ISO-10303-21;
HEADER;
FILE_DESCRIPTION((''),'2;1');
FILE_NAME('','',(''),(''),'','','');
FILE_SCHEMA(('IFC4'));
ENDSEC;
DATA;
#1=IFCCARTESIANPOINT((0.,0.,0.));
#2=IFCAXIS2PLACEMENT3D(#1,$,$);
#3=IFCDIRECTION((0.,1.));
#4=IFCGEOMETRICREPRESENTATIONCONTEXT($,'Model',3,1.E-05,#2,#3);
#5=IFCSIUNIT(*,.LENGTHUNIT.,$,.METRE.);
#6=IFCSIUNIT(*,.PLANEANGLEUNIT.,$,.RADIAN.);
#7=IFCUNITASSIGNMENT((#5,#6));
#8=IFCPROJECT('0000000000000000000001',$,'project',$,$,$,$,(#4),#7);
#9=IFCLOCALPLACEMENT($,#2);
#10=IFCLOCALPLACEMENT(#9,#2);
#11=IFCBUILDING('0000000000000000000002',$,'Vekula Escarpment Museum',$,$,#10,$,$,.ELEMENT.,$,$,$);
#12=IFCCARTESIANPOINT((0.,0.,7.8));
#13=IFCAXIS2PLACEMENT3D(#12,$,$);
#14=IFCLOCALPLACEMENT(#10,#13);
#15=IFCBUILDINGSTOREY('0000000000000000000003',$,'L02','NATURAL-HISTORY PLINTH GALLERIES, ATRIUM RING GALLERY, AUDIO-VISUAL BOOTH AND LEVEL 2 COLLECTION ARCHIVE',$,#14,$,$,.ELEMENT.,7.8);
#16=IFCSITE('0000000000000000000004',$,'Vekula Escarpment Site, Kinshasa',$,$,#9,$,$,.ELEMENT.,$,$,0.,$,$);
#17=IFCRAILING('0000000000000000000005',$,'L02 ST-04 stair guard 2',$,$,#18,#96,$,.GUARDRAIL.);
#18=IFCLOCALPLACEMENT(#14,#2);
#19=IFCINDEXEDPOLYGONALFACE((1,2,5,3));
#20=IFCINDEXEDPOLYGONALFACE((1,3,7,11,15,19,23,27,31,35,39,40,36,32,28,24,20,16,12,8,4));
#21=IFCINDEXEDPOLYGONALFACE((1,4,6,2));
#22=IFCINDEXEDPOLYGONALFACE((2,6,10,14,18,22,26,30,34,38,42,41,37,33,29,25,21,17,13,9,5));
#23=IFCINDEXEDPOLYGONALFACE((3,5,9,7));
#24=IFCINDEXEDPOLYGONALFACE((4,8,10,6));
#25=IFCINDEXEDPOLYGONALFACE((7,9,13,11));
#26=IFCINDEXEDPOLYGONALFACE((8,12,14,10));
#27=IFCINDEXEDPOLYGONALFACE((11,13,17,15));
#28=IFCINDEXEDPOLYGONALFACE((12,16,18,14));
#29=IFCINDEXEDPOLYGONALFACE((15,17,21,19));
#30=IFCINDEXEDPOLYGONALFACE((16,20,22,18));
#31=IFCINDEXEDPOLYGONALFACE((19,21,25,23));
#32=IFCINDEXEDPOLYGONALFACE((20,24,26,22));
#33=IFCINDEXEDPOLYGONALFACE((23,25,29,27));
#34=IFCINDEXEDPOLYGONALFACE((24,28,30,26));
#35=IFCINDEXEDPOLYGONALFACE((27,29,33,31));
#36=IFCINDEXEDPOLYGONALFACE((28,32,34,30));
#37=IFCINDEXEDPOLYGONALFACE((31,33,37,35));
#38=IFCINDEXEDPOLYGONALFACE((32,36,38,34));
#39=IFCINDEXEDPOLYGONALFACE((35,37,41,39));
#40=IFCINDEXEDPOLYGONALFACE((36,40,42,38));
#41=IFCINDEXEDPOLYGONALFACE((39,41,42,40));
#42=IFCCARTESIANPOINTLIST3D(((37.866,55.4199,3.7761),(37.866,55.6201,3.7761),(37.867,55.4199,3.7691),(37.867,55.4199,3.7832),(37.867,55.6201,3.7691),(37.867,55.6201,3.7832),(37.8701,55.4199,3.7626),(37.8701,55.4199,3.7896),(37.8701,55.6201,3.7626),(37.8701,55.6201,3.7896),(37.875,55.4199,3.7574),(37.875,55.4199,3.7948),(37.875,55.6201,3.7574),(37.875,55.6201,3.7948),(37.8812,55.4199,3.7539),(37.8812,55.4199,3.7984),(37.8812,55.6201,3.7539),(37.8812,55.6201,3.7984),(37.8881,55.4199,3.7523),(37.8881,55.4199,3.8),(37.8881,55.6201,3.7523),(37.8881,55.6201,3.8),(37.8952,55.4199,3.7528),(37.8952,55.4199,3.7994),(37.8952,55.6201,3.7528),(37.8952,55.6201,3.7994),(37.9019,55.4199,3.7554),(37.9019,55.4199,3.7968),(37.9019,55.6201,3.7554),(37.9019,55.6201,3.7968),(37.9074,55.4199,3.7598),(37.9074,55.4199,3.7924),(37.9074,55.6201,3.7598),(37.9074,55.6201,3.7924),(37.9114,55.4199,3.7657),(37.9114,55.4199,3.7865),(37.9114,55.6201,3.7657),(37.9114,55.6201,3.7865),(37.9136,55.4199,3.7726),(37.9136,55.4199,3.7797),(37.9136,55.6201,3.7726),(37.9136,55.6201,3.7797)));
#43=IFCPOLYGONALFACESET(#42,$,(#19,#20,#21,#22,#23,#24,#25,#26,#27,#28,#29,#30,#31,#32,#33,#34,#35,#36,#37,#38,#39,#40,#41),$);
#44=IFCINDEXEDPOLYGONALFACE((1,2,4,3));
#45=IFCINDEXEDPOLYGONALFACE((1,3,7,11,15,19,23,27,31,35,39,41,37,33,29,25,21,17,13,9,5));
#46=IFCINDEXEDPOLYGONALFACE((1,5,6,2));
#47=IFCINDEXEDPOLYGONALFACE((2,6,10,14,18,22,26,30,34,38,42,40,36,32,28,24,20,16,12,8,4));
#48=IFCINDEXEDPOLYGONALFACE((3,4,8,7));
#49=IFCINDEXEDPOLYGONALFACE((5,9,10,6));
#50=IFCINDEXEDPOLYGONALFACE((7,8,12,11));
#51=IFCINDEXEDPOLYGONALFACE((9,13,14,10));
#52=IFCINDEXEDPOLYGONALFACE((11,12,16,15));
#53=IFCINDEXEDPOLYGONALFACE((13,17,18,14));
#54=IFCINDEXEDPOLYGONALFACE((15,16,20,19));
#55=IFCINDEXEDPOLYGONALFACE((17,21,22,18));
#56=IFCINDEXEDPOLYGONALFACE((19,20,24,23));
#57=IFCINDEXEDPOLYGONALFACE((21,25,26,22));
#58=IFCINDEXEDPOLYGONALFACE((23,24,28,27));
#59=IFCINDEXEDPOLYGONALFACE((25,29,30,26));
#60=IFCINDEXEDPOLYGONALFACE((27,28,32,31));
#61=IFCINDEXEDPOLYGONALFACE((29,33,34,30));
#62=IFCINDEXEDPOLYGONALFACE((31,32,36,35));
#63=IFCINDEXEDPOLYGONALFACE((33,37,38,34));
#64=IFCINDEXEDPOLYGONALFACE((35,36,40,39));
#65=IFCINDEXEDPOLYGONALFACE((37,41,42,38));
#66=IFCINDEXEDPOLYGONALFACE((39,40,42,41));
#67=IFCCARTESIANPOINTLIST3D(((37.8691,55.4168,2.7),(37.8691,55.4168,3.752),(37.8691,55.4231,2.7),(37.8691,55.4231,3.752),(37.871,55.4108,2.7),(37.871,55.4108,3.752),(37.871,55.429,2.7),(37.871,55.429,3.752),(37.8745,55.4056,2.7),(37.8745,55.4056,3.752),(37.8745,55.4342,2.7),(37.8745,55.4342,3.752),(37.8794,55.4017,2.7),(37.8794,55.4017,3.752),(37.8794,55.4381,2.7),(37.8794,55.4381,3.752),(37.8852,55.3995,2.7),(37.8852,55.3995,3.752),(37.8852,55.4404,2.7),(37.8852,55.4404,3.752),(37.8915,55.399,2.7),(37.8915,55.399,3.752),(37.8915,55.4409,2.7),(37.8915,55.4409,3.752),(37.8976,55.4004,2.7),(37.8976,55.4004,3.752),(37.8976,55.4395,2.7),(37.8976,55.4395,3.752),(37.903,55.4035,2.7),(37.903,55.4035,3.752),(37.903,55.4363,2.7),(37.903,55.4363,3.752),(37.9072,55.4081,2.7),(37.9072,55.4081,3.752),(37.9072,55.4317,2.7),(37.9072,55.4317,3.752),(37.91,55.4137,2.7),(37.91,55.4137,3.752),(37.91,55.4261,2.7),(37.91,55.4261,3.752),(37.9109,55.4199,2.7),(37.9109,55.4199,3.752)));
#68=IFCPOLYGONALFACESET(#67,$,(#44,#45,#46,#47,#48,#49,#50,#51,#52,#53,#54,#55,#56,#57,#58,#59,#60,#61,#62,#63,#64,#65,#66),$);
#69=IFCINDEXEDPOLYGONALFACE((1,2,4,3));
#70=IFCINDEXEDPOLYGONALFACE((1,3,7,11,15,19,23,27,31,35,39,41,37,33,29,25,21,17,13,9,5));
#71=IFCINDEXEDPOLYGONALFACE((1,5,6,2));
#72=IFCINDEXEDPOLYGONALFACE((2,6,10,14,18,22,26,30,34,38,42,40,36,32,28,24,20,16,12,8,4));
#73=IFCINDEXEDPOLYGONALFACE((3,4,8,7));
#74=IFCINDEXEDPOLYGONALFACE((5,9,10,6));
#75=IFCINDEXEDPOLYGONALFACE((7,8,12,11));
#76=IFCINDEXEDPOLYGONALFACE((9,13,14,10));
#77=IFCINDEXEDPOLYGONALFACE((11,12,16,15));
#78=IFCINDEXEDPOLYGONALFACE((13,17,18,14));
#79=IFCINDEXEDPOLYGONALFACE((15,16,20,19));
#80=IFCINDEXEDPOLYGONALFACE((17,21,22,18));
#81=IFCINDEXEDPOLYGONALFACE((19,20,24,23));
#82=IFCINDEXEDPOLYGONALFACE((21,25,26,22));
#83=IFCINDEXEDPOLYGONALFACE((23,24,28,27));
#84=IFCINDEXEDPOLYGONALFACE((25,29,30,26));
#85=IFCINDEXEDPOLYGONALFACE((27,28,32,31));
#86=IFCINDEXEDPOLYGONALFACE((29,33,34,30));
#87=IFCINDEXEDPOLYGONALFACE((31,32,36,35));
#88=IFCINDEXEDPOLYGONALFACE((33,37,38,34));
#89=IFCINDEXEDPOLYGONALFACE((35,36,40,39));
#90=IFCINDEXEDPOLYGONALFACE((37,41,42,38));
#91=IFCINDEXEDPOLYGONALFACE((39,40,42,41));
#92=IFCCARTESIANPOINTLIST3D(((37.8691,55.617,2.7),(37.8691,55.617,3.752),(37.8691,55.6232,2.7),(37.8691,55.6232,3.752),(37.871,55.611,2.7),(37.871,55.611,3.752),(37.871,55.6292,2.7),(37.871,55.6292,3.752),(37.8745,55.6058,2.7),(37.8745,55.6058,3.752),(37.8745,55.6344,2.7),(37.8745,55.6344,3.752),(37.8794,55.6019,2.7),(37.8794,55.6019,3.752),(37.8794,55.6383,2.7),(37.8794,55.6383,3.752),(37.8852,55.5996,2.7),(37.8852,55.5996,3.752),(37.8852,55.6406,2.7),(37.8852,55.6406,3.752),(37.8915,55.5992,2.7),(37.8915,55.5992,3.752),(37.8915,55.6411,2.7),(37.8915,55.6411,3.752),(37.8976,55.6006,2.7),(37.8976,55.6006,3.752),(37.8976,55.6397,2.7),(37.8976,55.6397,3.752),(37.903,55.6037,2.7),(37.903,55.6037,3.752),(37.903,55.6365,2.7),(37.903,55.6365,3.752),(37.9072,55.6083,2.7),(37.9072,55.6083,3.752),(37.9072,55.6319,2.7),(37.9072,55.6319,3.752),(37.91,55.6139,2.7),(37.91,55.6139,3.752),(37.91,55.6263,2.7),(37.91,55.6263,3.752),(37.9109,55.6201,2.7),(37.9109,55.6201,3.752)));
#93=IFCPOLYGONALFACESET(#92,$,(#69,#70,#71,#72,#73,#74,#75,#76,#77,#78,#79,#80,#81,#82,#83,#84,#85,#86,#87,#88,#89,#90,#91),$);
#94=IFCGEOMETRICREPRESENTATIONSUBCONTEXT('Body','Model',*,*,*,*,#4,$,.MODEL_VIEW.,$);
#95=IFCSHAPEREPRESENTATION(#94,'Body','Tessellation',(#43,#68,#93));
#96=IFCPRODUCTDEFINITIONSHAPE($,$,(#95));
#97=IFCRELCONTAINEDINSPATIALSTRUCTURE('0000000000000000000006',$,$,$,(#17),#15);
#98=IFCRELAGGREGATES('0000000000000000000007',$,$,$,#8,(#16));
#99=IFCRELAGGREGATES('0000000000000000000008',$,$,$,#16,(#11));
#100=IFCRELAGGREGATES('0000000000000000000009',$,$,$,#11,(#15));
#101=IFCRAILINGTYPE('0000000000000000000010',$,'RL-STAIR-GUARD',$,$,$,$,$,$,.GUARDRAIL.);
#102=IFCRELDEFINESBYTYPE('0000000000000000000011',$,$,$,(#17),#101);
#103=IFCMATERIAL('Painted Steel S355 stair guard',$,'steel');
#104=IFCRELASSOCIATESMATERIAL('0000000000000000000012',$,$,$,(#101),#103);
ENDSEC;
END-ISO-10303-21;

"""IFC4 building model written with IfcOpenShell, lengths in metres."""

from ifc_helpers import new_model, si_unit, direction, frame, origin, origin_2d, place, context, subcontext, project, spatial, circle, extrude, material, type_object, element, save


model = new_model("IFC4")

# Units and contexts
model_context = context("Model", 3, precision=1e-05, world=origin(), true_north=direction((0.0, 1.0)))
body_context = subcontext(model_context, "Body", "Model", "MODEL_VIEW")
ifc_project = project(units=[si_unit("LENGTHUNIT", "METRE"), si_unit("PLANEANGLEUNIT", "RADIAN")], contexts=[model_context])

# Site, building, storey
site_placement = place(None, origin())
site = spatial("IfcSite", under=ifc_project, at=site_placement, Name="Vekula Escarpment Site, Kinshasa", CompositionType="ELEMENT", RefElevation=0.0)
building_placement = place(site_placement, origin())
building = spatial("IfcBuilding", under=site, at=building_placement, Name="Vekula Escarpment Museum", CompositionType="ELEMENT")
storey_placement = place(building_placement, frame((0.0, 0.0, 7.8)))
storey = spatial("IfcBuildingStorey", under=building, at=storey_placement, Name="L02", Description="NATURAL-HISTORY PLINTH GALLERIES, ATRIUM RING GALLERY, AUDIO-VISUAL BOOTH AND LEVEL 2 COLLECTION ARCHIVE", CompositionType="ELEMENT", Elevation=7.8)

# Railing
ifc_material_1 = material(Name="Painted Steel S355 stair guard", Category="steel")
railing_type_1 = type_object("IfcRailingType", Name="RL-STAIR-GUARD", PredefinedType="GUARDRAIL", material=ifc_material_1)
railing_1_placement = place(storey_placement, frame((37.8899, 55.4199, 2.7)))
element("IfcRailing", 1, at=railing_1_placement, inside=storey, type_object=railing_type_1, Name="L02 ST-04 stair guard 2", PredefinedType="GUARDRAIL", context=body_context, shape_type="SweptSolid", body=[
    extrude(circle(Radius=0.0239, at=origin_2d()), frame((0.0, 0.0, 1.0762), z_axis=(0.0, 1.0, 0.0), x_axis=(-1.0, 0.0, 0.0)), (0.0, 0.0, 1.0), 0.2002),
    extrude(circle(Radius=0.021, at=origin_2d()), origin(), (0.0, 0.0, 1.0), 1.052),
    extrude(circle(Radius=0.021, at=origin_2d()), frame((0.0, 0.2002, 0.0)), (0.0, 0.0, 1.0), 1.052),
])

save(model, "model.ifc")
